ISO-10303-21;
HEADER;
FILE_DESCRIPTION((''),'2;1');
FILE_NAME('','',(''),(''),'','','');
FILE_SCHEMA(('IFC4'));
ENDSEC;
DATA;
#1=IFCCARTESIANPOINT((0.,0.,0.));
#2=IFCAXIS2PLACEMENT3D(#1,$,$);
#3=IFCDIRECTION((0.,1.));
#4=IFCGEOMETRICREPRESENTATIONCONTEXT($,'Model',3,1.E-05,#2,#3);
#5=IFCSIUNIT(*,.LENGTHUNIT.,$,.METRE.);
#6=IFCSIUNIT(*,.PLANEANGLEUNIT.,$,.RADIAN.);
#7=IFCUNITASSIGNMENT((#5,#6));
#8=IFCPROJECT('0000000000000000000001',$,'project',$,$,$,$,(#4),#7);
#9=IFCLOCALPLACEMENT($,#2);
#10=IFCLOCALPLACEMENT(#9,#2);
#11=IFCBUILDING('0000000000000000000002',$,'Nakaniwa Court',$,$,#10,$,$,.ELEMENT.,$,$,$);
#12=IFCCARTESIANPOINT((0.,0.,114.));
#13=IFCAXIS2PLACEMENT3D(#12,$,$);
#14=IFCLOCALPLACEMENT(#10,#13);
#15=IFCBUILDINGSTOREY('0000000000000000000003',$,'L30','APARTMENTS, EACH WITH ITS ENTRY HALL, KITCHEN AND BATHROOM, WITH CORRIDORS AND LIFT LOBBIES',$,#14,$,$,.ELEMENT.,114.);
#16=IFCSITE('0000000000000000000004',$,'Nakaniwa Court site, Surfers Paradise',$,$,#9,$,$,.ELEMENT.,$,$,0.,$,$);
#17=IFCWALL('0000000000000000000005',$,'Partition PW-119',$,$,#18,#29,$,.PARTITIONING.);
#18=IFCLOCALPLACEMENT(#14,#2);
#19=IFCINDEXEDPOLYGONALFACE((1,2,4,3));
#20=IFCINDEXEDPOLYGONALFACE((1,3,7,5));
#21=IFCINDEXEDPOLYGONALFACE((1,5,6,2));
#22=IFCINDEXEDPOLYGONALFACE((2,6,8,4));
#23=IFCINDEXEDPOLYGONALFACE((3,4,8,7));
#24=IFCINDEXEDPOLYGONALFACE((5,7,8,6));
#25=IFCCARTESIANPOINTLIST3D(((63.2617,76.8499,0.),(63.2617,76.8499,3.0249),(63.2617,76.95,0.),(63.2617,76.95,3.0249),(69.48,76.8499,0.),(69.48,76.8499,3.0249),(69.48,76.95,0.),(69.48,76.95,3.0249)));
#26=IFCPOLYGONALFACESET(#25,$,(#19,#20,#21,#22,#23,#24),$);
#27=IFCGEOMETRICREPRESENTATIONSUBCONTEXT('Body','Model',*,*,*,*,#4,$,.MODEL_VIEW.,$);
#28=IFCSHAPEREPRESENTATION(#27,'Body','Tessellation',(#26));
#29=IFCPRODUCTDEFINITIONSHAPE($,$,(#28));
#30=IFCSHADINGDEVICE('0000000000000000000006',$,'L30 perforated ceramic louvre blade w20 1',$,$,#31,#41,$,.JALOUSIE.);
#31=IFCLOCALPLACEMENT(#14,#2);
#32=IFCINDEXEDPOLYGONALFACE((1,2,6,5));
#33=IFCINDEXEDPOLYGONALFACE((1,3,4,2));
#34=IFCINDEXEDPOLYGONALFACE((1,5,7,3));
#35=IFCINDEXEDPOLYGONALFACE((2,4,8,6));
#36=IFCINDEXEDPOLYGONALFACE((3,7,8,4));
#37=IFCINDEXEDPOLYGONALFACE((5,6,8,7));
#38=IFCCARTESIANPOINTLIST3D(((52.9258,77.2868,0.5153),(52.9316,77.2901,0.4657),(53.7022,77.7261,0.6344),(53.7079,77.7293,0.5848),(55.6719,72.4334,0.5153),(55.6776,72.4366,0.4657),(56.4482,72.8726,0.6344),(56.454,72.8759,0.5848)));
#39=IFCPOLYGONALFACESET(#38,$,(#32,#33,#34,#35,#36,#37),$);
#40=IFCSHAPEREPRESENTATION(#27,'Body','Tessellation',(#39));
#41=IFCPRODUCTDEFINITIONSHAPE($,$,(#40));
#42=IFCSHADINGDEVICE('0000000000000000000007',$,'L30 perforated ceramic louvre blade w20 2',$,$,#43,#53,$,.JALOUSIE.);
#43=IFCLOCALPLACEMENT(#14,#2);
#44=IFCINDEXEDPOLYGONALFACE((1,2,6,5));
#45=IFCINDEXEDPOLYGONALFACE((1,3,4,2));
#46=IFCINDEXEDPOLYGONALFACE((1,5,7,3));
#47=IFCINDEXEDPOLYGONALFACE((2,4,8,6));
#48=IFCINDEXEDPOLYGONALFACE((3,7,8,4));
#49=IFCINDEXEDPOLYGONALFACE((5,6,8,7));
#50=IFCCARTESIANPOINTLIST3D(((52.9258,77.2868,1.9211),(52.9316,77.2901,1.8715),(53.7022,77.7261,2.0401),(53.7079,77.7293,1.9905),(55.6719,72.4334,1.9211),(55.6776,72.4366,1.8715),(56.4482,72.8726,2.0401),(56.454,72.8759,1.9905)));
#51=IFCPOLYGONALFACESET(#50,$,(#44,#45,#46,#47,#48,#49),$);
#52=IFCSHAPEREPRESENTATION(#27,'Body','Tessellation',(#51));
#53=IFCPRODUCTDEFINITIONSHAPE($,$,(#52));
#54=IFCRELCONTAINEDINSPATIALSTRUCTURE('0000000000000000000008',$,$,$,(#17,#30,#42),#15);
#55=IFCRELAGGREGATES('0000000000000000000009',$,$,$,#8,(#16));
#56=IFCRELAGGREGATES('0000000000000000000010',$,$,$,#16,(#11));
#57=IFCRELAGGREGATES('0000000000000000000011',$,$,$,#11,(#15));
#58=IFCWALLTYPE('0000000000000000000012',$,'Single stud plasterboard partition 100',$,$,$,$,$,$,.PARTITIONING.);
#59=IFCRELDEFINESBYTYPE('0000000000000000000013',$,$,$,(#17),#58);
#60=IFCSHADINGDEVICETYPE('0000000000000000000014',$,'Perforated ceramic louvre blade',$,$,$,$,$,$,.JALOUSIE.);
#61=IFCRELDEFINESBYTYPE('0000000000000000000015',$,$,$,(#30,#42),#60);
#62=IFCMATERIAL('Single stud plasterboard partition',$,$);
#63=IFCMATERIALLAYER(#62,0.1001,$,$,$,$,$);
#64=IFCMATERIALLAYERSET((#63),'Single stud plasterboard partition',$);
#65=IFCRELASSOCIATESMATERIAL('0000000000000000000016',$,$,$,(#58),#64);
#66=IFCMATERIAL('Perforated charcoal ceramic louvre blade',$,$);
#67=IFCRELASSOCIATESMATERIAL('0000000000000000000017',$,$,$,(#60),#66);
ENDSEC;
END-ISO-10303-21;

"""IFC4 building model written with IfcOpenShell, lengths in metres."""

from ifc_helpers import new_model, si_unit, direction, frame, frame_2d, origin, origin_2d, place, context, subcontext, project, spatial, rectangle, extrude, material, layer, layer_set, material_profile, profile_set, type_object, element, save


model = new_model("IFC4")

# Units and contexts
model_context = context("Model", 3, precision=1e-05, world=origin(), true_north=direction((0.0, 1.0)))
body_context = subcontext(model_context, "Body", "Model", "MODEL_VIEW")
ifc_project = project(units=[si_unit("LENGTHUNIT", "METRE"), si_unit("PLANEANGLEUNIT", "RADIAN")], contexts=[model_context])

# Site, building, storey
site_placement = place(None, origin())
site = spatial("IfcSite", under=ifc_project, at=site_placement, Name="Nakaniwa Court site, Surfers Paradise", CompositionType="ELEMENT", RefElevation=0.0)
building_placement = place(site_placement, origin())
building = spatial("IfcBuilding", under=site, at=building_placement, Name="Nakaniwa Court", CompositionType="ELEMENT")
storey_placement = place(building_placement, frame((0.0, 0.0, 114.0)))
storey = spatial("IfcBuildingStorey", under=building, at=storey_placement, Name="L30", Description="APARTMENTS, EACH WITH ITS ENTRY HALL, KITCHEN AND BATHROOM, WITH CORRIDORS AND LIFT LOBBIES", CompositionType="ELEMENT", Elevation=114.0)

# Wall
ifc_material_1 = material(Name="Single stud plasterboard partition")
ifc_layer_1 = layer(ifc_material_1, 0.1001)
ifc_layer_set_1 = layer_set([ifc_layer_1], Name="Single stud plasterboard partition")
wall_type_1 = type_object("IfcWallType", Name="Single stud plasterboard partition 100", PredefinedType="PARTITIONING", material=ifc_layer_set_1)
wall_1_placement = place(storey_placement, frame((63.2617, 76.8999, 0.0), z_axis=(0.0, 0.0, 1.0), x_axis=(1.0, 0.0, 0.0)))
element("IfcWall", 1, at=wall_1_placement, inside=storey, type_object=wall_type_1, Name="Partition PW-119", PredefinedType="PARTITIONING", context=body_context, shape_type="SweptSolid", body=[
    extrude(rectangle(XDim=6.2183, YDim=0.1001, at=frame_2d((3.1091, 0.0))), origin(), (0.0, 0.0, 1.0), 3.0249),
])

# Shading devices
ifc_material_2 = material(Name="Perforated charcoal ceramic louvre blade")
ifc_material_profile_1 = material_profile(ifc_material_2, rectangle(XDim=0.8999, YDim=0.05, at=origin_2d()), Name="Perforated ceramic louvre blade")
ifc_profile_set_1 = profile_set([ifc_material_profile_1], Name="Perforated charcoal ceramic louvre blade")
shading_device_type = type_object("IfcShadingDeviceType", Name="Perforated ceramic louvre blade", PredefinedType="JALOUSIE", material=ifc_profile_set_1)
for number, where, z_axis, x_axis, name in (
    (2, (53.3169, 77.5081, 0.55), (0.492438, -0.870347, 0.0), (0.862702, 0.488112, 0.132256), "L30 perforated ceramic louvre blade w20 1"),
    (3, (53.3169, 77.5081, 1.9558), (0.492438, -0.870347, 0.0), (0.862702, 0.488112, 0.132256), "L30 perforated ceramic louvre blade w20 2"),
):
    element("IfcShadingDevice", number, at=place(storey_placement, frame(where, z_axis=z_axis, x_axis=x_axis)), inside=storey, type_object=shading_device_type, Name=name, PredefinedType="JALOUSIE", context=body_context, shape_type="SweptSolid", body=[
        extrude(rectangle(XDim=0.8999, YDim=0.05, at=origin_2d()), origin(), (0.0, 0.0, 1.0), 5.5764),
    ])

save(model, "model.ifc")
